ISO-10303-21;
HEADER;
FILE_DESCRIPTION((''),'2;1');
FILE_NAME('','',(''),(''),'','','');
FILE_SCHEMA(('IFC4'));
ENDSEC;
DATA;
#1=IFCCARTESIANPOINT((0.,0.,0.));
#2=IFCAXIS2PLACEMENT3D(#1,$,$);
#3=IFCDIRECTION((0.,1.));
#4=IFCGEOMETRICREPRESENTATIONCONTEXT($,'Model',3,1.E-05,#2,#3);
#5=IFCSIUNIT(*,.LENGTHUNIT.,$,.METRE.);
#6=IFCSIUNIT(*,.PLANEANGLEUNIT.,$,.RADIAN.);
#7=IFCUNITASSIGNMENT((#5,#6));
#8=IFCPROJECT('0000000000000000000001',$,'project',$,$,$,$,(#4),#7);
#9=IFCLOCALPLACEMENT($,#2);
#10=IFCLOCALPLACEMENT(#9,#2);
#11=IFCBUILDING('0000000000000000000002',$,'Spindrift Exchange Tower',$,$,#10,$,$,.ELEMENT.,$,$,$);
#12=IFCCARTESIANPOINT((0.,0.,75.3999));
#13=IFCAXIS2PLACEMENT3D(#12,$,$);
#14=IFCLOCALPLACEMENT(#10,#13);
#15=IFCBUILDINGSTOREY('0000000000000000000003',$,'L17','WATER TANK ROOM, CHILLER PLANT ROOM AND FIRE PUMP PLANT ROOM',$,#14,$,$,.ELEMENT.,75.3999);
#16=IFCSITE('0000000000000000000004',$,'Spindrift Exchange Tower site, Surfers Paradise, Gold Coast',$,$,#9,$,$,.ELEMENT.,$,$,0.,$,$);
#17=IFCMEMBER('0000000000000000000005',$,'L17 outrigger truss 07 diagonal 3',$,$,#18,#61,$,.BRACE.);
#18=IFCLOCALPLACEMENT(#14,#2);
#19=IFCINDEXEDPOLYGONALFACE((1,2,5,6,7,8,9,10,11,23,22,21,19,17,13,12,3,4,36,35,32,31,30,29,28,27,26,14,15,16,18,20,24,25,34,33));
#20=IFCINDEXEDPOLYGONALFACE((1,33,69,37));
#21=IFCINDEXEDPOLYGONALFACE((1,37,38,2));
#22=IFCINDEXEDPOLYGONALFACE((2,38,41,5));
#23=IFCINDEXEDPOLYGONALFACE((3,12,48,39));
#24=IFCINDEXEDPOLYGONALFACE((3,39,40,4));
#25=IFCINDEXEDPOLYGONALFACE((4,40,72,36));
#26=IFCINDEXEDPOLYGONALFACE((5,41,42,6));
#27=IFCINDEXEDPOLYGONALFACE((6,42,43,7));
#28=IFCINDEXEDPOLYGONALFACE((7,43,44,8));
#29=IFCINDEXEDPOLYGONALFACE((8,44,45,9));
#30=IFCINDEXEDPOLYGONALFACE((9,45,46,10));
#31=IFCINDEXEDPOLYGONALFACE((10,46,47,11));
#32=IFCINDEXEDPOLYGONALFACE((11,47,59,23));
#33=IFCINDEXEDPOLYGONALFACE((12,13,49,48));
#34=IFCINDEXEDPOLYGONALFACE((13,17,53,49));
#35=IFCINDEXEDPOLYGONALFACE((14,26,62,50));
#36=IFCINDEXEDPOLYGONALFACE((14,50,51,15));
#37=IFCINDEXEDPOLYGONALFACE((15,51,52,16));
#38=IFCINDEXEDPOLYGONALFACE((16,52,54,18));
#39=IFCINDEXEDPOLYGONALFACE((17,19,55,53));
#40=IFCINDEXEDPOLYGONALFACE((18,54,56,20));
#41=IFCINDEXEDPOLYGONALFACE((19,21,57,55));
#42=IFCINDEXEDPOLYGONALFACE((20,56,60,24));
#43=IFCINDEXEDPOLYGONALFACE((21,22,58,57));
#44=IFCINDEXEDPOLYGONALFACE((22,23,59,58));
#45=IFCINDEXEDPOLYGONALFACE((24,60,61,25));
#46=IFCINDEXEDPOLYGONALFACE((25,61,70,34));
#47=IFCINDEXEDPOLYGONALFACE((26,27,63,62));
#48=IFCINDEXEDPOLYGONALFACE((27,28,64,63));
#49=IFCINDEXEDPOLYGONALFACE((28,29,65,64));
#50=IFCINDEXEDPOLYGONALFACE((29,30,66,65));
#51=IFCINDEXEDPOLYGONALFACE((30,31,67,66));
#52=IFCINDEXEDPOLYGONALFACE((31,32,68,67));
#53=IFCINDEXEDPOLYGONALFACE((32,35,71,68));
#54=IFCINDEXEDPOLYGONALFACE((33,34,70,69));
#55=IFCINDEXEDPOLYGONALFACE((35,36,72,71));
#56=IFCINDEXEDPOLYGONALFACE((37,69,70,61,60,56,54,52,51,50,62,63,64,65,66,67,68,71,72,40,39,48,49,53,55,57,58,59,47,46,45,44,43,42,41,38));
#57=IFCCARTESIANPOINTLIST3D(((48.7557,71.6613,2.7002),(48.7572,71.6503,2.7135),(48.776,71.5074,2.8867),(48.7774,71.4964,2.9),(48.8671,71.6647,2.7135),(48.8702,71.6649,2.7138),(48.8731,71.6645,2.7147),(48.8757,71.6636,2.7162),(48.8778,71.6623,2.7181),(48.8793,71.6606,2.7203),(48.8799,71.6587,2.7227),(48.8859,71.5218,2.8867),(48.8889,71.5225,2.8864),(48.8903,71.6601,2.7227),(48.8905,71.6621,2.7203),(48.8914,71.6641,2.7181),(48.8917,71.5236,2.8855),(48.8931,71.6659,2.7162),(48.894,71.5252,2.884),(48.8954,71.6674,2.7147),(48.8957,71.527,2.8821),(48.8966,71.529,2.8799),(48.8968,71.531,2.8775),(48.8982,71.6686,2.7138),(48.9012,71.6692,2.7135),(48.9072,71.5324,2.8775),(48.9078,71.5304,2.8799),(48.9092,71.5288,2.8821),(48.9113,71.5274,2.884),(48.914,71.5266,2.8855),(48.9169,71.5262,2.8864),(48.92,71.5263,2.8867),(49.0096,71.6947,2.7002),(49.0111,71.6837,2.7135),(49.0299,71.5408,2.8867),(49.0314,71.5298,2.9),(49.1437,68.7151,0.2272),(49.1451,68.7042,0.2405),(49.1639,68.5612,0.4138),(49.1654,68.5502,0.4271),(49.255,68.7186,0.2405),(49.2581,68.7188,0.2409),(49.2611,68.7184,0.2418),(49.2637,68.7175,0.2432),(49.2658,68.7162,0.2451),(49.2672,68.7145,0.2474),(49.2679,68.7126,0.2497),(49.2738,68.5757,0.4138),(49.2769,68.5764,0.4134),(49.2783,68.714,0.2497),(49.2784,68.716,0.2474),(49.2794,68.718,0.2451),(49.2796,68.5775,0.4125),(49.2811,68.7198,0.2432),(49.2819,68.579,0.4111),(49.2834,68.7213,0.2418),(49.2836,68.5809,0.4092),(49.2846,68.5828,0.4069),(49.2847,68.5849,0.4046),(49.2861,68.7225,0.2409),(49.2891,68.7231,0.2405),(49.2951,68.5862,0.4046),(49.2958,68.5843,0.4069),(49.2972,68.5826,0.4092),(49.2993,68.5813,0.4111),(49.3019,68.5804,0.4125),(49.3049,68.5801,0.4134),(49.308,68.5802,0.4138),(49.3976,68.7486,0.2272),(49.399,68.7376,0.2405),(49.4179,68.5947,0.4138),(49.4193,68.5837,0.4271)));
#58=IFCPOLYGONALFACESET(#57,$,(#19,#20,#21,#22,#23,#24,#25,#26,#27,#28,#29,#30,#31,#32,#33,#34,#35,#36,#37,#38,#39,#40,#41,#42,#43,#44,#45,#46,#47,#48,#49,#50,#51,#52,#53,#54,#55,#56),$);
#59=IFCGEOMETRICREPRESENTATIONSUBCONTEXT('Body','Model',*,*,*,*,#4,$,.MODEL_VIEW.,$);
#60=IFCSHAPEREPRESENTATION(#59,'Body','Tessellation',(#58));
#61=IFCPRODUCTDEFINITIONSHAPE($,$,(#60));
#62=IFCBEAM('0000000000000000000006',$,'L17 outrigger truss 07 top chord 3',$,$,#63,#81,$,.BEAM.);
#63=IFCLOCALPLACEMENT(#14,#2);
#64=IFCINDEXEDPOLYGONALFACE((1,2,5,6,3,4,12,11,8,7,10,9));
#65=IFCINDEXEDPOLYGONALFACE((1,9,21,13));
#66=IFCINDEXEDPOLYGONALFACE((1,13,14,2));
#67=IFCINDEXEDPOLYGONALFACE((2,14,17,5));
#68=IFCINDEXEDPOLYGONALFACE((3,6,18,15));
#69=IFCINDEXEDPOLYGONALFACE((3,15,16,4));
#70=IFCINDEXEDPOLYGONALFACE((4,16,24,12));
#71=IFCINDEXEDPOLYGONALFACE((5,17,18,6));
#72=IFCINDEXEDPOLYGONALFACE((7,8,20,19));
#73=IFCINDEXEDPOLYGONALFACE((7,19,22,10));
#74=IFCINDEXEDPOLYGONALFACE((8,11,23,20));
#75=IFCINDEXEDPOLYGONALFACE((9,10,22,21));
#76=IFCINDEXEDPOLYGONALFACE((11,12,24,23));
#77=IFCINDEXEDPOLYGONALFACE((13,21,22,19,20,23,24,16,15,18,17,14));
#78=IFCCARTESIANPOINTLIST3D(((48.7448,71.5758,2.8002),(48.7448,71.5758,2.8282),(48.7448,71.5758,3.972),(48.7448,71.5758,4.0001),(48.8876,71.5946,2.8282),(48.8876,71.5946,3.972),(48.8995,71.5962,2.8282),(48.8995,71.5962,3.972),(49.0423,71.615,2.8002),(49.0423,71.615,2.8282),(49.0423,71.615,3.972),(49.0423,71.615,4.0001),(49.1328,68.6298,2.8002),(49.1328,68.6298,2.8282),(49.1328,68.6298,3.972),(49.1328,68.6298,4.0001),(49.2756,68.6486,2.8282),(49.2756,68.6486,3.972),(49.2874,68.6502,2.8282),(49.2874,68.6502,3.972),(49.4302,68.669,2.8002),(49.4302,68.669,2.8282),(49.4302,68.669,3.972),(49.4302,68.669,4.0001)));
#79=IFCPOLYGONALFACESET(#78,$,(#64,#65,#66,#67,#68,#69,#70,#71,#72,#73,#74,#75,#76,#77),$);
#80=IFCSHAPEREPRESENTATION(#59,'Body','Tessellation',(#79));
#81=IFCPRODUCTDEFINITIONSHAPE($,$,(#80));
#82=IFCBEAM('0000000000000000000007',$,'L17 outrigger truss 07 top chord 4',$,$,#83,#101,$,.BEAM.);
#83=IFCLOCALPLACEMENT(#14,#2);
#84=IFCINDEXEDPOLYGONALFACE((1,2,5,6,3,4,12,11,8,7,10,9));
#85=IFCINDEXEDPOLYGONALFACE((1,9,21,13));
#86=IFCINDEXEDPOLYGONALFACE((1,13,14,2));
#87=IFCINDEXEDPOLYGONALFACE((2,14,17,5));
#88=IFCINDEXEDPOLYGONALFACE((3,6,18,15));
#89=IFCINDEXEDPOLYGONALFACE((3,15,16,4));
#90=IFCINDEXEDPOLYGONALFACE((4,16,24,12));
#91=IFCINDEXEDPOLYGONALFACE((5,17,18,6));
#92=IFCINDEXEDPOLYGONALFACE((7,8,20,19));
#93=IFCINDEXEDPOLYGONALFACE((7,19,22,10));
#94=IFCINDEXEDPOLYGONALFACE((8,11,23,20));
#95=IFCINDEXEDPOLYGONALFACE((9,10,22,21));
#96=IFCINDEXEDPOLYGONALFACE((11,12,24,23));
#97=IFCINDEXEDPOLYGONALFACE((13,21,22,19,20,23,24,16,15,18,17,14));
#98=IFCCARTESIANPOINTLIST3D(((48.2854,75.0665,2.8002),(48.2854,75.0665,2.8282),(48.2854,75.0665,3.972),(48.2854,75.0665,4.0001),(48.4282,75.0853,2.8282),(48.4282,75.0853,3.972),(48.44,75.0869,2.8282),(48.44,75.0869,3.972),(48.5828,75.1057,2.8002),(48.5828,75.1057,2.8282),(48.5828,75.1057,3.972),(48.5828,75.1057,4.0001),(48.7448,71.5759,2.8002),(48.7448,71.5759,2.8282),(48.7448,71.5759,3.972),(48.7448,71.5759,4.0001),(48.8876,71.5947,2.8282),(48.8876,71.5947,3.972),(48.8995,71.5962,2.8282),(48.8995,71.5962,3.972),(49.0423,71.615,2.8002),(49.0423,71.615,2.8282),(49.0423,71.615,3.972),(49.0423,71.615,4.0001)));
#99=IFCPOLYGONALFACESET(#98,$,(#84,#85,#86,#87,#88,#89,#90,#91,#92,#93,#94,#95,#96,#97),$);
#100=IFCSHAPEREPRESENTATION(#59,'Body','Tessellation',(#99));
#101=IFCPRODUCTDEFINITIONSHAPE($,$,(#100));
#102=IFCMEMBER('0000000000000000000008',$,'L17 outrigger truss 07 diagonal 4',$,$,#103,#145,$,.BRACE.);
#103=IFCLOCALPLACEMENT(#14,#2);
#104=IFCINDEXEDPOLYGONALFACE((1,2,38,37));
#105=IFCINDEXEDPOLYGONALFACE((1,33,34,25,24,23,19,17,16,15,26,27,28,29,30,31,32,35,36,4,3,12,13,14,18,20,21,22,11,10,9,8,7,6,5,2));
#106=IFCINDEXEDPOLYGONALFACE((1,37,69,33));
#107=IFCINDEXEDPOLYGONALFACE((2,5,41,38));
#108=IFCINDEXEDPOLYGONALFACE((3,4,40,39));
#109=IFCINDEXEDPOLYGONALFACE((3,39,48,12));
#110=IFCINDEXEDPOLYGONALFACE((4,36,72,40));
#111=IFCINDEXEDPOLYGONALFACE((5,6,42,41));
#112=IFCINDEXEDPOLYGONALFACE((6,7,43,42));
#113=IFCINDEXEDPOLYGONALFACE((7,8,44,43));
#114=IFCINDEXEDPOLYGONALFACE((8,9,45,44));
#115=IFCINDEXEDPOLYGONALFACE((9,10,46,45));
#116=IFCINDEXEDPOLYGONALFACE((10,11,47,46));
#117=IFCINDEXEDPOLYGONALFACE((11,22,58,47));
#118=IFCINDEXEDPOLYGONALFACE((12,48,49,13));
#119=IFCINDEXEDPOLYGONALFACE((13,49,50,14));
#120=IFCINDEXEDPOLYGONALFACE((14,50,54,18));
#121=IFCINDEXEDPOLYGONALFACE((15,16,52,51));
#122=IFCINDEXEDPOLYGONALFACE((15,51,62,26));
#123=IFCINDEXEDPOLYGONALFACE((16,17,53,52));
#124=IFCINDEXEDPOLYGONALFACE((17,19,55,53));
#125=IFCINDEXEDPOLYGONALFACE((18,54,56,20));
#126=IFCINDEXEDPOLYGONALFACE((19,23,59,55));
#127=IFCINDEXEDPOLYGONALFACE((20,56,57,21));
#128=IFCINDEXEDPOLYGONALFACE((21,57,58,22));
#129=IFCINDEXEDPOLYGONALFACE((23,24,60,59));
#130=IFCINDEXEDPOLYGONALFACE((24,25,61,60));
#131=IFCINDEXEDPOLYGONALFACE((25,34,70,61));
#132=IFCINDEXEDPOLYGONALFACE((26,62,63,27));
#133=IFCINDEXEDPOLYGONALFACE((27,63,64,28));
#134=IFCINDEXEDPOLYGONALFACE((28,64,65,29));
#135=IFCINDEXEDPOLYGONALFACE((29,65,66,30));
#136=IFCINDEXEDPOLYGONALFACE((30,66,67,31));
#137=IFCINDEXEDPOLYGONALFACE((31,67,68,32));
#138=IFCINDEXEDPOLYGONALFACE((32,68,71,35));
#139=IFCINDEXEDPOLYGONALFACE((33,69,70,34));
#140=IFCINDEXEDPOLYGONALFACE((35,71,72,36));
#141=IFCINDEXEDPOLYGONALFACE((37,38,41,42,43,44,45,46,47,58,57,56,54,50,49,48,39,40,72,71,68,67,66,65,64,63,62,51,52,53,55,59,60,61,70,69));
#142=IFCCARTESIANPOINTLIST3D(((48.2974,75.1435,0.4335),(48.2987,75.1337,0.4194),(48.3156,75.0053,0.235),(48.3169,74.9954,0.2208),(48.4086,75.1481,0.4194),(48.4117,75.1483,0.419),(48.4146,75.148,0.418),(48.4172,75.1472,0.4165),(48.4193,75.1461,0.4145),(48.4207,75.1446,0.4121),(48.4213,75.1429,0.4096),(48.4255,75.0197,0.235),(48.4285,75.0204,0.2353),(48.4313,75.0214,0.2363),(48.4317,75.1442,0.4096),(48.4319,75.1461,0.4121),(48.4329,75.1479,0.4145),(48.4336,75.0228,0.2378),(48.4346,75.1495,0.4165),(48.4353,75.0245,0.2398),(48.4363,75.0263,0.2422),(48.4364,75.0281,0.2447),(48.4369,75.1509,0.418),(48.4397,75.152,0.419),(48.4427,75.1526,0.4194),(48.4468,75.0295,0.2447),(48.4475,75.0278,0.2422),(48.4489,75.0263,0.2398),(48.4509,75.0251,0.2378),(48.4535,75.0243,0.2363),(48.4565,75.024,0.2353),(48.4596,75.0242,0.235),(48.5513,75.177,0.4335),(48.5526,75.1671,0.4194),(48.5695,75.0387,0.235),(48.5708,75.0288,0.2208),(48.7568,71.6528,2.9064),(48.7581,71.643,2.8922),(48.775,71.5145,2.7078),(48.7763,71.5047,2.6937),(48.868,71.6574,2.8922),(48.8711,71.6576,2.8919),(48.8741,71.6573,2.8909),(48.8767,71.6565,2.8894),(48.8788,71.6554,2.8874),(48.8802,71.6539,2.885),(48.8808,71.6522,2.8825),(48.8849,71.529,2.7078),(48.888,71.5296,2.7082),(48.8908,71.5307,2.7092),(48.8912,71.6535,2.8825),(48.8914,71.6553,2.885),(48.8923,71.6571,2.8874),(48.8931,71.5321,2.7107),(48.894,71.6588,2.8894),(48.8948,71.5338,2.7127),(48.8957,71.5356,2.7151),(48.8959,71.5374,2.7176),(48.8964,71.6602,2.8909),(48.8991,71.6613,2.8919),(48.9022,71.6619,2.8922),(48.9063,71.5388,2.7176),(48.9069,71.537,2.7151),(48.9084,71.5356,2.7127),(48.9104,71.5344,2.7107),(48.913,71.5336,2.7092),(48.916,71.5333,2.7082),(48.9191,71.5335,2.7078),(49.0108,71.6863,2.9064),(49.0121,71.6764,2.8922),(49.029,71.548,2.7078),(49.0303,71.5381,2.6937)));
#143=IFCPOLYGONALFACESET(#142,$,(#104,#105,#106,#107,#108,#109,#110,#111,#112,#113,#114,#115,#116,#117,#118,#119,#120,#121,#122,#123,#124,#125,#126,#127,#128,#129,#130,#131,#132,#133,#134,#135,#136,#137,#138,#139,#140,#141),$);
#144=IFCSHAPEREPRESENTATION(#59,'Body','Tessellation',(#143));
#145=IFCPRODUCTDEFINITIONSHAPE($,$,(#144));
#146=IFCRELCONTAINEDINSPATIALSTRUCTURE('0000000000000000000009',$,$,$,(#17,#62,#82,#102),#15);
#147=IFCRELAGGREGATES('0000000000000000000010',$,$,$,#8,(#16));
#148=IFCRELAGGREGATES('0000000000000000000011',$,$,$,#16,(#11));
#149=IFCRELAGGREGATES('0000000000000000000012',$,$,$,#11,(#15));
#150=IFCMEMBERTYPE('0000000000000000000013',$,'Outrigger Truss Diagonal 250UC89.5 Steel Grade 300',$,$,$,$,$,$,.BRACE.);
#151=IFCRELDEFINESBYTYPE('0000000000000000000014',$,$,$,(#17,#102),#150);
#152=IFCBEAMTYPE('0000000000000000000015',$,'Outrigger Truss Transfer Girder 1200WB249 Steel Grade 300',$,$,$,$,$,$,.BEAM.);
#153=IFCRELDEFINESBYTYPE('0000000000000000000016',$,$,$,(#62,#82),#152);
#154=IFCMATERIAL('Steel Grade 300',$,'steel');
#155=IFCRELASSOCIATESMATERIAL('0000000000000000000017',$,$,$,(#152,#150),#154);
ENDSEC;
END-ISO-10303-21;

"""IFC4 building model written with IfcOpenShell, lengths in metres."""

from ifc_helpers import new_model, si_unit, direction, frame, origin, origin_2d, place, context, subcontext, project, spatial, i_section, extrude, source, transform, mapped, material, material_profile, profile_set, type_object, element, save


model = new_model("IFC4")

# Units and contexts
model_context = context("Model", 3, precision=1e-05, world=origin(), true_north=direction((0.0, 1.0)))
body_context = subcontext(model_context, "Body", "Model", "MODEL_VIEW")
ifc_project = project(units=[si_unit("LENGTHUNIT", "METRE"), si_unit("PLANEANGLEUNIT", "RADIAN")], contexts=[model_context])

# Site, building, storey
site_placement = place(None, origin())
site = spatial("IfcSite", under=ifc_project, at=site_placement, Name="Spindrift Exchange Tower site, Surfers Paradise, Gold Coast", CompositionType="ELEMENT", RefElevation=0.0)
building_placement = place(site_placement, origin())
building = spatial("IfcBuilding", under=site, at=building_placement, Name="Spindrift Exchange Tower", CompositionType="ELEMENT")
storey_placement = place(building_placement, frame((0.0, 0.0, 75.3999)))
storey = spatial("IfcBuildingStorey", under=building, at=storey_placement, Name="L17", Description="WATER TANK ROOM, CHILLER PLANT ROOM AND FIRE PUMP PLANT ROOM", CompositionType="ELEMENT", Elevation=75.3999)

# Shared definitions
ifc_material_1 = material(Name="Steel Grade 300", Category="steel")

# Shared definitions
ifc_material_profile_1 = material_profile(ifc_material_1, i_section(OverallWidth=0.3, OverallDepth=1.2, WebThickness=0.012, FlangeThickness=0.0281, at=origin_2d()), Name="1200WB249")
ifc_profile_set_1 = profile_set([ifc_material_profile_1], Name="Steel Grade 300")
beam_type = type_object("IfcBeamType", Name="Outrigger Truss Transfer Girder 1200WB249 Steel Grade 300", PredefinedType="BEAM", material=ifc_profile_set_1)

# Member
ifc_material_profile_2 = material_profile(ifc_material_1, i_section(OverallWidth=0.2561, OverallDepth=0.26, WebThickness=0.0105, FlangeThickness=0.0173, FilletRadius=0.012, at=origin_2d()), Name="250UC89.5")
ifc_profile_set_2 = profile_set([ifc_material_profile_2], Name="Steel Grade 300")
member_type_1 = type_object("IfcMemberType", Name="Outrigger Truss Diagonal 250UC89.5 Steel Grade 300", PredefinedType="BRACE", material=ifc_profile_set_2)
shared_shape_1 = source(origin(), body_context, "Body", "SweptSolid", [
    extrude(i_section(OverallWidth=0.2561, OverallDepth=0.26, WebThickness=0.0105, FlangeThickness=0.0173, FilletRadius=0.012, at=origin_2d()), origin(), (0.0, 0.0, 1.0), 3.866),
])
for number, where, z_axis, x_axis, name in (
    (1, (49.2815, 68.6494, 0.3271), (-0.10035, 0.762066, 0.639676), (-0.991441, -0.130554, 0.0), "L17 outrigger truss 07 diagonal 3"),
):
    element("IfcMember", number, at=place(storey_placement, frame(where, z_axis=z_axis, x_axis=x_axis)), inside=storey, type_object=member_type_1, Name=name, PredefinedType="BRACE", context=body_context, shape_type="MappedRepresentation", body=[
        mapped(shared_shape_1, transform((0.0, 0.0, 0.0), scale=1.0)),
    ])

# Beams
shared_shape_2 = source(origin(), body_context, "Body", "SweptSolid", [
    extrude(i_section(OverallWidth=0.3, OverallDepth=1.2, WebThickness=0.012, FlangeThickness=0.0281, at=origin_2d()), origin(), (0.0, 0.0, 1.0), 2.9714),
])
beam_1_placement = place(storey_placement, frame((49.2815, 68.6494, 3.4001), z_axis=(-0.130554, 0.991441, 0.0), x_axis=(-0.991441, -0.130554, 0.0)))
element("IfcBeam", 2, at=beam_1_placement, inside=storey, type_object=beam_type, Name="L17 outrigger truss 07 top chord 3", PredefinedType="BEAM", context=body_context, shape_type="MappedRepresentation", body=[
    mapped(shared_shape_2, transform((0.0, 0.0, 0.0), scale=1.0)),
])
shared_shape_3 = source(origin(), body_context, "Body", "SweptSolid", [
    extrude(i_section(OverallWidth=0.3, OverallDepth=1.2, WebThickness=0.012, FlangeThickness=0.0281, at=origin_2d()), origin(), (0.0, 0.0, 1.0), 3.5208),
])
beam_2_placement = place(storey_placement, frame((48.8936, 71.5955, 3.4001), z_axis=(-0.130501, 0.991448, 0.0), x_axis=(-0.991448, -0.130501, 0.0)))
element("IfcBeam", 3, at=beam_2_placement, inside=storey, type_object=beam_type, Name="L17 outrigger truss 07 top chord 4", PredefinedType="BEAM", context=body_context, shape_type="MappedRepresentation", body=[
    mapped(shared_shape_3, transform((0.0, 0.0, 0.0), scale=1.0)),
])

# Member
shared_shape_4 = source(origin(), body_context, "Body", "SweptSolid", [
    extrude(i_section(OverallWidth=0.2561, OverallDepth=0.26, WebThickness=0.0105, FlangeThickness=0.0173, FilletRadius=0.012, at=origin_2d()), origin(), (0.0, 0.0, 1.0), 4.3025),
])
member_1_placement = place(storey_placement, frame((48.8936, 71.5955, 2.8), z_axis=(-0.106792, 0.811324, -0.574759), x_axis=(-0.991448, -0.130501, 0.0)))
element("IfcMember", 4, at=member_1_placement, inside=storey, type_object=member_type_1, Name="L17 outrigger truss 07 diagonal 4", PredefinedType="BRACE", context=body_context, shape_type="MappedRepresentation", body=[
    mapped(shared_shape_4, transform((0.0, 0.0, 0.0), scale=1.0)),
])

save(model, "model.ifc")
